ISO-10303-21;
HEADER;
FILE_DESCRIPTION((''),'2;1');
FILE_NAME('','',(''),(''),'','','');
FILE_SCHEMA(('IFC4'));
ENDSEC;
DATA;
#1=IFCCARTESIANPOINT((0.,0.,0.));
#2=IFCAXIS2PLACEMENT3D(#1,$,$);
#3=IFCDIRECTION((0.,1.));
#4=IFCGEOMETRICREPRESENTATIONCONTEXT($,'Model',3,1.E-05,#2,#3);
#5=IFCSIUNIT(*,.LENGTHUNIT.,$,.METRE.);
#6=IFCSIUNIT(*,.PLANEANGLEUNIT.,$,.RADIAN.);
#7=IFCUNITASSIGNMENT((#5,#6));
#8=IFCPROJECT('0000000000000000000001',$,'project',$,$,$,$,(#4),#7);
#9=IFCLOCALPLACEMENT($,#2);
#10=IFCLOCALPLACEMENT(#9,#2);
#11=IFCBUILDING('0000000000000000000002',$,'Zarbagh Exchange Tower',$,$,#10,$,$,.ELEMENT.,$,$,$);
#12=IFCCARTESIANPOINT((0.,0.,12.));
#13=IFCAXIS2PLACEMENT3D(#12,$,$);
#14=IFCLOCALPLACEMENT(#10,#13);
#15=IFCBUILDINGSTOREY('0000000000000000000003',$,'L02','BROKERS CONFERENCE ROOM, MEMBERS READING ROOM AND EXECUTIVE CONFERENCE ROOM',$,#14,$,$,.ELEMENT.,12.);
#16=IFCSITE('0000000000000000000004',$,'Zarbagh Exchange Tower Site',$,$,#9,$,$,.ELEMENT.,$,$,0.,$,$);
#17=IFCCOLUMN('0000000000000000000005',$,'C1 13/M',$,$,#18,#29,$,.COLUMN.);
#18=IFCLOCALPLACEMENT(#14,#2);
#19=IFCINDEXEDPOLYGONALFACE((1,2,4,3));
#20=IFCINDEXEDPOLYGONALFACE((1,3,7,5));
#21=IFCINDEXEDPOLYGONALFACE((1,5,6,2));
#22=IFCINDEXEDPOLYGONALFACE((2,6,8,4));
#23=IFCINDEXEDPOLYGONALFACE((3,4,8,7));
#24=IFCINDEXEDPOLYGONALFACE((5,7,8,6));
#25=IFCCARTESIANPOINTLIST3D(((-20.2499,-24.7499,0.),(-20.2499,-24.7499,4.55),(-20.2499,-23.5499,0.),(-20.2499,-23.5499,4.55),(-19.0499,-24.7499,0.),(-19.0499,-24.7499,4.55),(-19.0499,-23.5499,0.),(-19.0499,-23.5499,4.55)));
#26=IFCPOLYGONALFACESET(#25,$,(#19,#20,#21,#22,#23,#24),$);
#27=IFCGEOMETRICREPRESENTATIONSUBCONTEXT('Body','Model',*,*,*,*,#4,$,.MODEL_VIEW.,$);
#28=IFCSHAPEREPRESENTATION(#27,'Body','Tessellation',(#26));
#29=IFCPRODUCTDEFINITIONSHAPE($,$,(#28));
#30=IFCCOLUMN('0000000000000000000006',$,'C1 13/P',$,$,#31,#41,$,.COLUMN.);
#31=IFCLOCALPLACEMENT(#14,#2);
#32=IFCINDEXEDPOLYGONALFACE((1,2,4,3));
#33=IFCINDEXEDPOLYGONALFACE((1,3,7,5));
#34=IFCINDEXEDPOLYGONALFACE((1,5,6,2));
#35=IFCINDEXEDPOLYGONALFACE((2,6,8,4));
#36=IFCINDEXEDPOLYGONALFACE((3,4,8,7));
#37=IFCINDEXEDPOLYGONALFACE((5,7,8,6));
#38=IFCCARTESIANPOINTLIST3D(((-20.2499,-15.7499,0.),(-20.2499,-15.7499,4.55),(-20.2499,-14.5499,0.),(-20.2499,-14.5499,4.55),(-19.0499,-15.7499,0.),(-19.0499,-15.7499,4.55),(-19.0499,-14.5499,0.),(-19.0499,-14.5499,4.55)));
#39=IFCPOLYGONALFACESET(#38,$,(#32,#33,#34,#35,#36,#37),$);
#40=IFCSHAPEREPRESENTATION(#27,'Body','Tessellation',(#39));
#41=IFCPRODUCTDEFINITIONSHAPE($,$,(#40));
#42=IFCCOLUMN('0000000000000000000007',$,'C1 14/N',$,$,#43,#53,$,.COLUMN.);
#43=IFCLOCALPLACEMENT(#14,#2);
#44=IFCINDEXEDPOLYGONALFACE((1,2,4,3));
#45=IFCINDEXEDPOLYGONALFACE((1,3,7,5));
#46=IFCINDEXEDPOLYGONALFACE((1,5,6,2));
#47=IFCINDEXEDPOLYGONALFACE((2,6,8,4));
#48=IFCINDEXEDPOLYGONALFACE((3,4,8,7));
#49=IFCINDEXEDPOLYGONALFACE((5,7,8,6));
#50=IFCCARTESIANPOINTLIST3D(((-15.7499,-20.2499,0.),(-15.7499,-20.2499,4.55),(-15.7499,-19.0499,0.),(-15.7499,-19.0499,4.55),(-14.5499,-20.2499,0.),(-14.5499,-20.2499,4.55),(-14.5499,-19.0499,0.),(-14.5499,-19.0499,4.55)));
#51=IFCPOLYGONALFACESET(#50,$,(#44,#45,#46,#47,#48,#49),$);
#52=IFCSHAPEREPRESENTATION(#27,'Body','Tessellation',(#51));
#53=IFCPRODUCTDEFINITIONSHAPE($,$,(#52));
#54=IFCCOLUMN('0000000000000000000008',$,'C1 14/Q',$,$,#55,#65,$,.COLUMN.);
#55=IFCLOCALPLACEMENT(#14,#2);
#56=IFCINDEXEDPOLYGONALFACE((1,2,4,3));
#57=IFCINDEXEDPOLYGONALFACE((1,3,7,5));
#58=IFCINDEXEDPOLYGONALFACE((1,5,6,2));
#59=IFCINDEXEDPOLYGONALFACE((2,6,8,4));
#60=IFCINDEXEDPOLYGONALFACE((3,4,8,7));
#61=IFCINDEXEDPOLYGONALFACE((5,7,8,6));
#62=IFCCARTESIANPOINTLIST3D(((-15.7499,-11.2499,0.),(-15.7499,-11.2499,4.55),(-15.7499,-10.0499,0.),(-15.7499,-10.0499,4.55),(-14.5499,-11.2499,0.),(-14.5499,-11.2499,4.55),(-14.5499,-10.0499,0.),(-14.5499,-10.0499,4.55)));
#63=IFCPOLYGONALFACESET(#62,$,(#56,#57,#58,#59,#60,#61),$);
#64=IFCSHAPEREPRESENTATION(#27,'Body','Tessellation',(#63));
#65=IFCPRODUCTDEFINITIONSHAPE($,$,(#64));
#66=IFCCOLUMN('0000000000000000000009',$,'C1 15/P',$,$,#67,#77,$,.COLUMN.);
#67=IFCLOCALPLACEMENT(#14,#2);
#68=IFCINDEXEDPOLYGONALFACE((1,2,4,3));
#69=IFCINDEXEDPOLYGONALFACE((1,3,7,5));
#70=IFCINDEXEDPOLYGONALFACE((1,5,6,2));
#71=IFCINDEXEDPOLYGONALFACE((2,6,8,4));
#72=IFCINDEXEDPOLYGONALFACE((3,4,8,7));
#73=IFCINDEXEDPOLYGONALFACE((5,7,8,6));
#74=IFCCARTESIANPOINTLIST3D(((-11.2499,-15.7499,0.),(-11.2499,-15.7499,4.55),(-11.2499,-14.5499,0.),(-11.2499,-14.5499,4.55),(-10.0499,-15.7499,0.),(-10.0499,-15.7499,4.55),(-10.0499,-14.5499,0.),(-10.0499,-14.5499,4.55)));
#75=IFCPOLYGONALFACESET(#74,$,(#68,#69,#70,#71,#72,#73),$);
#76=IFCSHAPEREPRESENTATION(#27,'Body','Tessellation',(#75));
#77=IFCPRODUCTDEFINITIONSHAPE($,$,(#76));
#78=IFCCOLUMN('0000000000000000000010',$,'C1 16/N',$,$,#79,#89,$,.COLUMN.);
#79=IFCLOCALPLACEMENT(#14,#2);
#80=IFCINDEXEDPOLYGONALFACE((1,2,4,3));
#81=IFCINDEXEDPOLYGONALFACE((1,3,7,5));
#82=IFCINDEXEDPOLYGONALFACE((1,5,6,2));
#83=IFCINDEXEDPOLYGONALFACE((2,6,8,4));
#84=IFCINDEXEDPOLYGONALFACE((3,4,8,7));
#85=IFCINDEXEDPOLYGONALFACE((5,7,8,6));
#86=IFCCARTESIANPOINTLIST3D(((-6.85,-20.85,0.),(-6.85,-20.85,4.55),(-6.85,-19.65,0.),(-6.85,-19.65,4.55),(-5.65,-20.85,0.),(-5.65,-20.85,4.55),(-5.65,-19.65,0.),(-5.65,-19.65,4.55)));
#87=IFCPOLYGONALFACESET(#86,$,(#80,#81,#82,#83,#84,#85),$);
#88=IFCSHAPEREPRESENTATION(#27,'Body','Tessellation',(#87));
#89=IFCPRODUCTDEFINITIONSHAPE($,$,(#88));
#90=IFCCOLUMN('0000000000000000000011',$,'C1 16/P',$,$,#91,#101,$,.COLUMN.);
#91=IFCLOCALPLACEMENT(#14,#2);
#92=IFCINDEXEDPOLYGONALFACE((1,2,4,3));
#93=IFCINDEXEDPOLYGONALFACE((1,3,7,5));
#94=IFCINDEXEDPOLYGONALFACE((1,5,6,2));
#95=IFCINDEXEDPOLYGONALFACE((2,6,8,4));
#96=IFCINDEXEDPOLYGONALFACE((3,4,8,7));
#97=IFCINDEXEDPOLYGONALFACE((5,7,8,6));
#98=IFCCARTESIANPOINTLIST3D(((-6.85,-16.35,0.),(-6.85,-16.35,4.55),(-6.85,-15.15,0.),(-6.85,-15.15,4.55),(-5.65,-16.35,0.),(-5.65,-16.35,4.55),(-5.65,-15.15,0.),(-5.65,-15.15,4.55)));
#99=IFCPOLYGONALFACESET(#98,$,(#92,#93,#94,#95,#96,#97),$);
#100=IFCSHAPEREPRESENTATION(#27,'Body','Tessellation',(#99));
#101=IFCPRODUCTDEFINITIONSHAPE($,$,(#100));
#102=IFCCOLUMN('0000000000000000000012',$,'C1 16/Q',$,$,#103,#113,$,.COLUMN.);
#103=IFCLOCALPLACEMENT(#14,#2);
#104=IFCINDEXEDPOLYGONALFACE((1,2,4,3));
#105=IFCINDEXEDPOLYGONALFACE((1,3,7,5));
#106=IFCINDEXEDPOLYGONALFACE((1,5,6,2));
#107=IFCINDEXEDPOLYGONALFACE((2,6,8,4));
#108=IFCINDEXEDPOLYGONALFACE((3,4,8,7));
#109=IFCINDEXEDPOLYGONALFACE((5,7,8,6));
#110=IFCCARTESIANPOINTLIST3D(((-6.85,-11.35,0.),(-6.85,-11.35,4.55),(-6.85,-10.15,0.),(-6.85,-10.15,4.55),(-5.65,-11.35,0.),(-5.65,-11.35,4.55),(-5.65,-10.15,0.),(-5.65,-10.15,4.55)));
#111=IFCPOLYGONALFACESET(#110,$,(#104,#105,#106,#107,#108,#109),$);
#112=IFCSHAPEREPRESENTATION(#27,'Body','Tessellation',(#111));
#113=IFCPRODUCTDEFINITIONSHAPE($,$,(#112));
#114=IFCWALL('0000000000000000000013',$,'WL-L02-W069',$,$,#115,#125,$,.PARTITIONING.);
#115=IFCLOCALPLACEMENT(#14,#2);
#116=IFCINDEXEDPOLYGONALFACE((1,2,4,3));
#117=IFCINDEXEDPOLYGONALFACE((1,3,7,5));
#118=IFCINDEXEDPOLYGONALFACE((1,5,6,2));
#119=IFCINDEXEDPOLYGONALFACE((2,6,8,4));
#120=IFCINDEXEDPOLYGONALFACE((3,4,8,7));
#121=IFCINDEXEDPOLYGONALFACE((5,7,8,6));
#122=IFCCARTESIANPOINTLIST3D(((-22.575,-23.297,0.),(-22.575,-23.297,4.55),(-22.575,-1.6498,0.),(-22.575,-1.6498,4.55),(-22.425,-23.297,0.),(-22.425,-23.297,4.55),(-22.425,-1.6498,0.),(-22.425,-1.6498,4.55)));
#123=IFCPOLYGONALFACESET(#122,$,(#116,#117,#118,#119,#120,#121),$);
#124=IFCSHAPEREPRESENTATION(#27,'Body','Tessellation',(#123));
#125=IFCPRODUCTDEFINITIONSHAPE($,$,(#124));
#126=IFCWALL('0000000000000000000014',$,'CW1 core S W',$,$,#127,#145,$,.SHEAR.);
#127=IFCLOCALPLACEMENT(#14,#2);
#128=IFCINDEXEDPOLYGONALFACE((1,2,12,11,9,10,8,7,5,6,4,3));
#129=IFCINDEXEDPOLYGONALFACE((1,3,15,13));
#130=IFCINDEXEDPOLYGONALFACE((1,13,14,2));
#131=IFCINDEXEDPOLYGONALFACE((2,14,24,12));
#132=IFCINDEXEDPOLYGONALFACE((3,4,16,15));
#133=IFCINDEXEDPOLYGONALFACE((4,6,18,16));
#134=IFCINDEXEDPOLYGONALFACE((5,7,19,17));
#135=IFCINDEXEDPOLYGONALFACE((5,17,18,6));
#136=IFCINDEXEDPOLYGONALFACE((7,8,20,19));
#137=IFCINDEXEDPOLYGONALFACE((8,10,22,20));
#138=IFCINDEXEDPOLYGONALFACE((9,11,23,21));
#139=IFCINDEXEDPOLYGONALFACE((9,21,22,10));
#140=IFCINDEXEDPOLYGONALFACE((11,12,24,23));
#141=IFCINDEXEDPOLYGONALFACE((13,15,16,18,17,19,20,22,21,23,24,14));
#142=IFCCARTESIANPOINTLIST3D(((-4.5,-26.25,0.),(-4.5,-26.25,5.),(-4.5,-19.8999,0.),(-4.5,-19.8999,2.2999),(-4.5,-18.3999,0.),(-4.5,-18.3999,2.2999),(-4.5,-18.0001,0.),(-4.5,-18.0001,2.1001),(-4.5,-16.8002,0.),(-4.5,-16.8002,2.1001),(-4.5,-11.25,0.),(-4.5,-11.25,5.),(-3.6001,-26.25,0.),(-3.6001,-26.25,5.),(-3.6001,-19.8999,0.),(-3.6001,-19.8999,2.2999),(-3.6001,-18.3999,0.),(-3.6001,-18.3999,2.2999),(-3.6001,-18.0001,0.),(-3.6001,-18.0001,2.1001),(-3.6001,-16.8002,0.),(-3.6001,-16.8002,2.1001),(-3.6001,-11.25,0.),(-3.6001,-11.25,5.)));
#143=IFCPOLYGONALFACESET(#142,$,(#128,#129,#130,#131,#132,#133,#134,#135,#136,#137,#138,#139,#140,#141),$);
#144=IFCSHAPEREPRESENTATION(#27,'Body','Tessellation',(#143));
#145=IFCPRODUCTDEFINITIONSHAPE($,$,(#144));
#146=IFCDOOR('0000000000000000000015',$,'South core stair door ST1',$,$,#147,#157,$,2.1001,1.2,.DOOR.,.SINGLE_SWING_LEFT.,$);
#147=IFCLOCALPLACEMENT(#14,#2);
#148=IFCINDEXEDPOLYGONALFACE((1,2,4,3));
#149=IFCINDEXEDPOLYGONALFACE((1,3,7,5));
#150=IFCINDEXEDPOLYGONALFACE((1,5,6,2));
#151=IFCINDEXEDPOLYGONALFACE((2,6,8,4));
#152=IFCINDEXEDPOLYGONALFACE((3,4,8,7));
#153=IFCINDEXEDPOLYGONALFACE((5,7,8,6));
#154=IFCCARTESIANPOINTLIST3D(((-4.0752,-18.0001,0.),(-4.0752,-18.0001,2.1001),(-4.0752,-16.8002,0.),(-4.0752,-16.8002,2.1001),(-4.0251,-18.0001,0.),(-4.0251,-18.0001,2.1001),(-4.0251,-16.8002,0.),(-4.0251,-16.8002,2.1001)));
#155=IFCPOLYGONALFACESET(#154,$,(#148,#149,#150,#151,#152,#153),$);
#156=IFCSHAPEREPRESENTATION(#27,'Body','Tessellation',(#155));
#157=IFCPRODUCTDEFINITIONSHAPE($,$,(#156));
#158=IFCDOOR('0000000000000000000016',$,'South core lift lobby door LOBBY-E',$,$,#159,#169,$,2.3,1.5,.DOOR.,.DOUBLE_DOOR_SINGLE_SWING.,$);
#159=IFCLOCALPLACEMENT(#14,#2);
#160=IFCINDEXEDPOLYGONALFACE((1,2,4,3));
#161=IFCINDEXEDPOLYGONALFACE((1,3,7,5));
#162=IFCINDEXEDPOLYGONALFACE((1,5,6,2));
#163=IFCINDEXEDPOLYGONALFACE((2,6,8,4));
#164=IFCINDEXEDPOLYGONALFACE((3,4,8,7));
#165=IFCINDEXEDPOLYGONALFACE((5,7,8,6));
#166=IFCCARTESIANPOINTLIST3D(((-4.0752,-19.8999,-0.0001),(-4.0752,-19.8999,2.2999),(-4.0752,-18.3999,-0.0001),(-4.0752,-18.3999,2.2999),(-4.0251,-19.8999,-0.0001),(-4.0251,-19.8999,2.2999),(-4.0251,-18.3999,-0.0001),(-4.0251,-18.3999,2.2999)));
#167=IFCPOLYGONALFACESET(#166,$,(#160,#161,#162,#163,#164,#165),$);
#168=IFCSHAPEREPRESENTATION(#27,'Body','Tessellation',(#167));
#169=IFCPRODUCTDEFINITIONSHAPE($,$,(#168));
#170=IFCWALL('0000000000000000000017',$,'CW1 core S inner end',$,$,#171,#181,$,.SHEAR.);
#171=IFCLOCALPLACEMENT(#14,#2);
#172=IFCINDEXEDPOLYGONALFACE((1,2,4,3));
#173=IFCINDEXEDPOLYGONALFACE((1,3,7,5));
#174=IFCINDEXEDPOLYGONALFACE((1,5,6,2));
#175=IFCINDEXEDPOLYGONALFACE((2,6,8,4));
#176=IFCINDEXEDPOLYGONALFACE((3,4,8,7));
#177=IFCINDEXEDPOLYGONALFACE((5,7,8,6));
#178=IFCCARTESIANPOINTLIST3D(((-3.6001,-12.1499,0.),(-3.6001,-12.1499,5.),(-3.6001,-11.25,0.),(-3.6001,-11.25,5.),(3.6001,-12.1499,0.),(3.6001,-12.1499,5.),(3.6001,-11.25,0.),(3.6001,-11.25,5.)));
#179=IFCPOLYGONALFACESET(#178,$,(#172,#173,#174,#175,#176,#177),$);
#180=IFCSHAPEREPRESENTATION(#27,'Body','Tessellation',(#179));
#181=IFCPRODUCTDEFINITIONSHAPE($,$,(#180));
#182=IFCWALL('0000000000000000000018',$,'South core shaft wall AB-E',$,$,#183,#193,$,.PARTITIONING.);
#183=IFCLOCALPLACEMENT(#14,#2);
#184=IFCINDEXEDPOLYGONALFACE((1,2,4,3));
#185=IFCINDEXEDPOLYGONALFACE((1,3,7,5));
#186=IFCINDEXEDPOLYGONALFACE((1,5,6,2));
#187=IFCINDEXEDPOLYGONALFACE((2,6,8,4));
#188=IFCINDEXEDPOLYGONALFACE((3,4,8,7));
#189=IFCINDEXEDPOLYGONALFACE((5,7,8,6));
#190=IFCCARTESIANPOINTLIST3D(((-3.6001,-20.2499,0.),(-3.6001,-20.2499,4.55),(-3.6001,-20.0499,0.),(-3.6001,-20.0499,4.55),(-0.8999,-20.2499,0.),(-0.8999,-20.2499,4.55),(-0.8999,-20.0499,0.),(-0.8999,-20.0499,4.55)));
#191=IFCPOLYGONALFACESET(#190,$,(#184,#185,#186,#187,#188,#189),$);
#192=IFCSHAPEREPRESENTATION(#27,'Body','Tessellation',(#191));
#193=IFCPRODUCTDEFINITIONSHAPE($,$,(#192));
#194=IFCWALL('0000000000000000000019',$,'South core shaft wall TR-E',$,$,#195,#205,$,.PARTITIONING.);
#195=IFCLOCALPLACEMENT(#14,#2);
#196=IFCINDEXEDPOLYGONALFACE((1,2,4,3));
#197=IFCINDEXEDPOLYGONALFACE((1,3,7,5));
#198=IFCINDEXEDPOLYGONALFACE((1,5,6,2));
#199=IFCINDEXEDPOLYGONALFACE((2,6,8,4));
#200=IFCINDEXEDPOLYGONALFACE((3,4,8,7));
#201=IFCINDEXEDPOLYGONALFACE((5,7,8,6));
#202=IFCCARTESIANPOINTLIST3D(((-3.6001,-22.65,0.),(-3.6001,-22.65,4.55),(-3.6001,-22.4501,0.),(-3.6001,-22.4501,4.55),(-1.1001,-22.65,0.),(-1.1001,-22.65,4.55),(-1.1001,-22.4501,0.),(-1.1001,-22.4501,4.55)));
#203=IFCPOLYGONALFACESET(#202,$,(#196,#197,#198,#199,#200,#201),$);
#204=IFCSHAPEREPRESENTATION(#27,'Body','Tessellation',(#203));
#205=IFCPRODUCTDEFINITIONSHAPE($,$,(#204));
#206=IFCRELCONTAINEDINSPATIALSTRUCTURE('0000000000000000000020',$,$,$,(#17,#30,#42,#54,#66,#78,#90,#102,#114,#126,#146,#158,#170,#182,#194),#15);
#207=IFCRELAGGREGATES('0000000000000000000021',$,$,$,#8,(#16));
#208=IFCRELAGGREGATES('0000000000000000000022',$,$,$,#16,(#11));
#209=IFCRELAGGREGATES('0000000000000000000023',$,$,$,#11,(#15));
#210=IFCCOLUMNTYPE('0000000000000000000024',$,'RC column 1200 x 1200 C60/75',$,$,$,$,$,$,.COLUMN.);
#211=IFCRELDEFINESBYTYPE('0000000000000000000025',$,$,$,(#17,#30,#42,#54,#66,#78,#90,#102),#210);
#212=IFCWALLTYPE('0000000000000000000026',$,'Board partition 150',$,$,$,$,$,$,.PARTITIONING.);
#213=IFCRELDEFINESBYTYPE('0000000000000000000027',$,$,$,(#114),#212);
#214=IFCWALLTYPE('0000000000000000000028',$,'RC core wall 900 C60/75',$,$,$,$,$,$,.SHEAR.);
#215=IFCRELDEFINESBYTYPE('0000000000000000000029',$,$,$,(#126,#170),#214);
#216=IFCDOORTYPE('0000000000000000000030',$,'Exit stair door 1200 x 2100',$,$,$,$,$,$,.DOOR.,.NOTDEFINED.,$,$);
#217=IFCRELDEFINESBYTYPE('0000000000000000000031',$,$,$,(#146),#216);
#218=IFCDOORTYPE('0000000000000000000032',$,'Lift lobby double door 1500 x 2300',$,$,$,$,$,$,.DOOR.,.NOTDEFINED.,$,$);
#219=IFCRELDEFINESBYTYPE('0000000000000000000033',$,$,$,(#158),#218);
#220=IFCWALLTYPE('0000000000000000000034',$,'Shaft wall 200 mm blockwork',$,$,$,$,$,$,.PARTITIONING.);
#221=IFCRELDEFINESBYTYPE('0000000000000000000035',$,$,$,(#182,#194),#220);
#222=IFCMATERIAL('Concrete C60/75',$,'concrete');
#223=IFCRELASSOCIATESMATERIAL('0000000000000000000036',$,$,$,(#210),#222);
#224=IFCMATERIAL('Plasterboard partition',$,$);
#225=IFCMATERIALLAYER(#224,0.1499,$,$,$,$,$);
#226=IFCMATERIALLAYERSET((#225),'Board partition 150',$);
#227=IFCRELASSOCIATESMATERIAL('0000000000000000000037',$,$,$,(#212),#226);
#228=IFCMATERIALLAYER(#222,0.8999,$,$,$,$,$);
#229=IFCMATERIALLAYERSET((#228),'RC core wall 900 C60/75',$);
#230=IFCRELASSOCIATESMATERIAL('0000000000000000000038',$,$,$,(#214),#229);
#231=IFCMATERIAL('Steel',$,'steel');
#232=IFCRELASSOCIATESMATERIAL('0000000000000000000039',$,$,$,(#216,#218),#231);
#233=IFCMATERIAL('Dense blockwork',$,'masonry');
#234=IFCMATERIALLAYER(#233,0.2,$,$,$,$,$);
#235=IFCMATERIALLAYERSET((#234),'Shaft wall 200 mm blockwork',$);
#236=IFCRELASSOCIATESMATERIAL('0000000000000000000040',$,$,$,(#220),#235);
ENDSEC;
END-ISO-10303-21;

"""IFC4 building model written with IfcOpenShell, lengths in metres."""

from ifc_helpers import new_model, si_unit, direction, frame, frame_2d, origin, origin_2d, place, context, subcontext, project, spatial, rectangle, extrude, material, layer, layer_set, material_profile, profile_set, type_object, element, fill, save


model = new_model("IFC4")

# Units and contexts
model_context = context("Model", 3, precision=1e-05, world=origin(), true_north=direction((0.0, 1.0)))
body_context = subcontext(model_context, "Body", "Model", "MODEL_VIEW")
ifc_project = project(units=[si_unit("LENGTHUNIT", "METRE"), si_unit("PLANEANGLEUNIT", "RADIAN")], contexts=[model_context])

# Site, building, storey
site_placement = place(None, origin())
site = spatial("IfcSite", under=ifc_project, at=site_placement, Name="Zarbagh Exchange Tower Site", CompositionType="ELEMENT", RefElevation=0.0)
building_placement = place(site_placement, origin())
building = spatial("IfcBuilding", under=site, at=building_placement, Name="Zarbagh Exchange Tower", CompositionType="ELEMENT")
storey_placement = place(building_placement, frame((0.0, 0.0, 12.0)))
storey = spatial("IfcBuildingStorey", under=building, at=storey_placement, Name="L02", Description="BROKERS CONFERENCE ROOM, MEMBERS READING ROOM AND EXECUTIVE CONFERENCE ROOM", CompositionType="ELEMENT", Elevation=12.0)

# Columns
ifc_material_1 = material(Name="Concrete C60/75", Category="concrete")
ifc_material_profile = material_profile(ifc_material_1, rectangle(XDim=1.2, YDim=1.2, at=origin_2d()), Name="RC column 1200 x 1200 C60/75")
ifc_profile_set = profile_set([ifc_material_profile], Name="Concrete C60/75")
column_type = type_object("IfcColumnType", Name="RC column 1200 x 1200 C60/75", PredefinedType="COLUMN", material=ifc_profile_set)
for number, where, z_axis, x_axis, name in (
    (1, (-19.6499, -24.1499, 0.0), (0.0, 0.0, 1.0), (1.0, 0.0, 0.0), "C1 13/M"),
    (2, (-19.6499, -15.1499, 0.0), (0.0, 0.0, 1.0), (1.0, 0.0, 0.0), "C1 13/P"),
    (3, (-15.1499, -19.6499, 0.0), (0.0, 0.0, 1.0), (1.0, 0.0, 0.0), "C1 14/N"),
    (4, (-15.1499, -10.6499, 0.0), (0.0, 0.0, 1.0), (1.0, 0.0, 0.0), "C1 14/Q"),
    (5, (-10.6499, -15.1499, 0.0), (0.0, 0.0, 1.0), (1.0, 0.0, 0.0), "C1 15/P"),
    (6, (-6.25, -20.25, 0.0), (0.0, 0.0, 1.0), (1.0, 0.0, 0.0), "C1 16/N"),
    (7, (-6.25, -15.75, 0.0), (0.0, 0.0, 1.0), (1.0, 0.0, 0.0), "C1 16/P"),
    (8, (-6.25, -10.75, 0.0), (0.0, 0.0, 1.0), (1.0, 0.0, 0.0), "C1 16/Q"),
):
    element("IfcColumn", number, at=place(storey_placement, frame(where, z_axis=z_axis, x_axis=x_axis)), inside=storey, type_object=column_type, Name=name, PredefinedType="COLUMN", context=body_context, shape_type="SweptSolid", body=[
        extrude(rectangle(XDim=1.2, YDim=1.2, at=origin_2d()), origin(), (0.0, 0.0, 1.0), 4.55),
    ])

# Wall
ifc_material_2 = material(Name="Plasterboard partition")
ifc_layer_1 = layer(ifc_material_2, 0.1499)
ifc_layer_set_1 = layer_set([ifc_layer_1], Name="Board partition 150")
wall_type_1 = type_object("IfcWallType", Name="Board partition 150", PredefinedType="PARTITIONING", material=ifc_layer_set_1)
wall_1_placement = place(storey_placement, frame((-22.5, -23.2971, 0.0), z_axis=(0.0, 0.0, 1.0), x_axis=(0.0, 1.0, 0.0)))
element("IfcWall", 9, at=wall_1_placement, inside=storey, type_object=wall_type_1, Name="WL-L02-W069", PredefinedType="PARTITIONING", context=body_context, shape_type="SweptSolid", body=[
    extrude(rectangle(XDim=21.6472, YDim=0.1499, at=frame_2d((10.8237, 0.0))), origin(), (0.0, 0.0, 1.0), 4.55),
])

# Wall, openings, doors
ifc_layer_2 = layer(ifc_material_1, 0.8999)
ifc_layer_set_2 = layer_set([ifc_layer_2], Name="RC core wall 900 C60/75")
wall_type_2 = type_object("IfcWallType", Name="RC core wall 900 C60/75", PredefinedType="SHEAR", material=ifc_layer_set_2)
wall_2_placement = place(storey_placement, frame((-4.05, -11.25, 0.0), z_axis=(0.0, 0.0, 1.0), x_axis=(0.0, -1.0, 0.0)))
wall_2 = element("IfcWall", 10, at=wall_2_placement, inside=storey, type_object=wall_type_2, Name="CW1 core S W", PredefinedType="SHEAR", context=body_context, shape_type="SweptSolid", body=[
    extrude(rectangle(XDim=15.0, YDim=0.8999, at=frame_2d((7.5, 0.0))), origin(), (0.0, 0.0, 1.0), 5.0),
])
opening_1_placement = place(wall_2_placement, frame((7.1499, 0.0, 0.0)))
opening_1 = element("IfcOpeningElement", 11, at=opening_1_placement, cuts=wall_2, PredefinedType="OPENING", context=body_context, shape_type="SweptSolid", body=[
    extrude(rectangle(XDim=1.5, YDim=2.3, at=frame_2d((0.75, 1.1499))), frame((0.0, 0.46, 0.0), z_axis=(0.0, -1.0, 0.0), x_axis=(1.0, 0.0, 0.0)), (0.0, 0.0, 1.0), 0.9199),
])
opening_2_placement = place(wall_2_placement, frame((5.55, 0.0, 0.0)))
opening_2 = element("IfcOpeningElement", 12, at=opening_2_placement, cuts=wall_2, PredefinedType="OPENING", context=body_context, shape_type="SweptSolid", body=[
    extrude(rectangle(XDim=1.2, YDim=2.1001, at=frame_2d((0.6001, 1.05))), frame((0.0, 0.46, 0.0), z_axis=(0.0, -1.0, 0.0), x_axis=(1.0, 0.0, 0.0)), (0.0, 0.0, 1.0), 0.9199),
])
ifc_material_3 = material(Name="Steel", Category="steel")
door_type_1 = type_object("IfcDoorType", Name="Exit stair door 1200 x 2100", OperationType="NOTDEFINED", PredefinedType="DOOR", material=ifc_material_3)
door_1_placement = place(opening_2_placement, origin())
door_1 = element("IfcDoor", 13, at=door_1_placement, inside=storey, type_object=door_type_1, Name="South core stair door ST1", OperationType="SINGLE_SWING_LEFT", OverallHeight=2.1001, OverallWidth=1.2, PredefinedType="DOOR", context=body_context, shape_type="SweptSolid", body=[
    extrude(rectangle(XDim=1.2, YDim=2.1001, at=frame_2d((0.6001, 1.05))), frame((0.0, 0.0249, 0.0), z_axis=(0.0, -1.0, 0.0), x_axis=(1.0, 0.0, 0.0)), (0.0, 0.0, 1.0), 0.05),
])
fill(opening_2, door_1)
door_type_2 = type_object("IfcDoorType", Name="Lift lobby double door 1500 x 2300", OperationType="NOTDEFINED", PredefinedType="DOOR", material=ifc_material_3)
door_2_placement = place(opening_1_placement, origin())
door_2 = element("IfcDoor", 14, at=door_2_placement, inside=storey, type_object=door_type_2, Name="South core lift lobby door LOBBY-E", OperationType="DOUBLE_DOOR_SINGLE_SWING", OverallHeight=2.3, OverallWidth=1.5, PredefinedType="DOOR", context=body_context, shape_type="SweptSolid", body=[
    extrude(rectangle(XDim=1.5, YDim=2.3, at=frame_2d((0.75, 1.1499))), frame((0.0, 0.0249, 0.0), z_axis=(0.0, -1.0, 0.0), x_axis=(1.0, 0.0, 0.0)), (0.0, 0.0, 1.0), 0.05),
])
fill(opening_1, door_2)

# Walls
wall_3_placement = place(storey_placement, frame((-3.6001, -11.7, 0.0), z_axis=(0.0, 0.0, 1.0), x_axis=(1.0, 0.0, 0.0)))
element("IfcWall", 15, at=wall_3_placement, inside=storey, type_object=wall_type_2, Name="CW1 core S inner end", PredefinedType="SHEAR", context=body_context, shape_type="SweptSolid", body=[
    extrude(rectangle(XDim=7.2002, YDim=0.8999, at=frame_2d((3.6001, 0.0))), origin(), (0.0, 0.0, 1.0), 5.0),
])
ifc_material_4 = material(Name="Dense blockwork", Category="masonry")
ifc_layer_3 = layer(ifc_material_4, 0.2)
ifc_layer_set_3 = layer_set([ifc_layer_3], Name="Shaft wall 200 mm blockwork")
wall_type_3 = type_object("IfcWallType", Name="Shaft wall 200 mm blockwork", PredefinedType="PARTITIONING", material=ifc_layer_set_3)
wall_4_placement = place(storey_placement, frame((-0.8999, -20.1499, 0.0), z_axis=(0.0, 0.0, 1.0), x_axis=(-1.0, 0.0, 0.0)))
element("IfcWall", 16, at=wall_4_placement, inside=storey, type_object=wall_type_3, Name="South core shaft wall AB-E", PredefinedType="PARTITIONING", context=body_context, shape_type="SweptSolid", body=[
    extrude(rectangle(XDim=2.7002, YDim=0.2, at=frame_2d((1.3501, 0.0))), origin(), (0.0, 0.0, 1.0), 4.55),
])
wall_5_placement = place(storey_placement, frame((-1.1001, -22.55, 0.0), z_axis=(0.0, 0.0, 1.0), x_axis=(-1.0, 0.0, 0.0)))
element("IfcWall", 17, at=wall_5_placement, inside=storey, type_object=wall_type_3, Name="South core shaft wall TR-E", PredefinedType="PARTITIONING", context=body_context, shape_type="SweptSolid", body=[
    extrude(rectangle(XDim=2.5, YDim=0.2, at=frame_2d((1.25, 0.0))), origin(), (0.0, 0.0, 1.0), 4.55),
])

save(model, "model.ifc")
